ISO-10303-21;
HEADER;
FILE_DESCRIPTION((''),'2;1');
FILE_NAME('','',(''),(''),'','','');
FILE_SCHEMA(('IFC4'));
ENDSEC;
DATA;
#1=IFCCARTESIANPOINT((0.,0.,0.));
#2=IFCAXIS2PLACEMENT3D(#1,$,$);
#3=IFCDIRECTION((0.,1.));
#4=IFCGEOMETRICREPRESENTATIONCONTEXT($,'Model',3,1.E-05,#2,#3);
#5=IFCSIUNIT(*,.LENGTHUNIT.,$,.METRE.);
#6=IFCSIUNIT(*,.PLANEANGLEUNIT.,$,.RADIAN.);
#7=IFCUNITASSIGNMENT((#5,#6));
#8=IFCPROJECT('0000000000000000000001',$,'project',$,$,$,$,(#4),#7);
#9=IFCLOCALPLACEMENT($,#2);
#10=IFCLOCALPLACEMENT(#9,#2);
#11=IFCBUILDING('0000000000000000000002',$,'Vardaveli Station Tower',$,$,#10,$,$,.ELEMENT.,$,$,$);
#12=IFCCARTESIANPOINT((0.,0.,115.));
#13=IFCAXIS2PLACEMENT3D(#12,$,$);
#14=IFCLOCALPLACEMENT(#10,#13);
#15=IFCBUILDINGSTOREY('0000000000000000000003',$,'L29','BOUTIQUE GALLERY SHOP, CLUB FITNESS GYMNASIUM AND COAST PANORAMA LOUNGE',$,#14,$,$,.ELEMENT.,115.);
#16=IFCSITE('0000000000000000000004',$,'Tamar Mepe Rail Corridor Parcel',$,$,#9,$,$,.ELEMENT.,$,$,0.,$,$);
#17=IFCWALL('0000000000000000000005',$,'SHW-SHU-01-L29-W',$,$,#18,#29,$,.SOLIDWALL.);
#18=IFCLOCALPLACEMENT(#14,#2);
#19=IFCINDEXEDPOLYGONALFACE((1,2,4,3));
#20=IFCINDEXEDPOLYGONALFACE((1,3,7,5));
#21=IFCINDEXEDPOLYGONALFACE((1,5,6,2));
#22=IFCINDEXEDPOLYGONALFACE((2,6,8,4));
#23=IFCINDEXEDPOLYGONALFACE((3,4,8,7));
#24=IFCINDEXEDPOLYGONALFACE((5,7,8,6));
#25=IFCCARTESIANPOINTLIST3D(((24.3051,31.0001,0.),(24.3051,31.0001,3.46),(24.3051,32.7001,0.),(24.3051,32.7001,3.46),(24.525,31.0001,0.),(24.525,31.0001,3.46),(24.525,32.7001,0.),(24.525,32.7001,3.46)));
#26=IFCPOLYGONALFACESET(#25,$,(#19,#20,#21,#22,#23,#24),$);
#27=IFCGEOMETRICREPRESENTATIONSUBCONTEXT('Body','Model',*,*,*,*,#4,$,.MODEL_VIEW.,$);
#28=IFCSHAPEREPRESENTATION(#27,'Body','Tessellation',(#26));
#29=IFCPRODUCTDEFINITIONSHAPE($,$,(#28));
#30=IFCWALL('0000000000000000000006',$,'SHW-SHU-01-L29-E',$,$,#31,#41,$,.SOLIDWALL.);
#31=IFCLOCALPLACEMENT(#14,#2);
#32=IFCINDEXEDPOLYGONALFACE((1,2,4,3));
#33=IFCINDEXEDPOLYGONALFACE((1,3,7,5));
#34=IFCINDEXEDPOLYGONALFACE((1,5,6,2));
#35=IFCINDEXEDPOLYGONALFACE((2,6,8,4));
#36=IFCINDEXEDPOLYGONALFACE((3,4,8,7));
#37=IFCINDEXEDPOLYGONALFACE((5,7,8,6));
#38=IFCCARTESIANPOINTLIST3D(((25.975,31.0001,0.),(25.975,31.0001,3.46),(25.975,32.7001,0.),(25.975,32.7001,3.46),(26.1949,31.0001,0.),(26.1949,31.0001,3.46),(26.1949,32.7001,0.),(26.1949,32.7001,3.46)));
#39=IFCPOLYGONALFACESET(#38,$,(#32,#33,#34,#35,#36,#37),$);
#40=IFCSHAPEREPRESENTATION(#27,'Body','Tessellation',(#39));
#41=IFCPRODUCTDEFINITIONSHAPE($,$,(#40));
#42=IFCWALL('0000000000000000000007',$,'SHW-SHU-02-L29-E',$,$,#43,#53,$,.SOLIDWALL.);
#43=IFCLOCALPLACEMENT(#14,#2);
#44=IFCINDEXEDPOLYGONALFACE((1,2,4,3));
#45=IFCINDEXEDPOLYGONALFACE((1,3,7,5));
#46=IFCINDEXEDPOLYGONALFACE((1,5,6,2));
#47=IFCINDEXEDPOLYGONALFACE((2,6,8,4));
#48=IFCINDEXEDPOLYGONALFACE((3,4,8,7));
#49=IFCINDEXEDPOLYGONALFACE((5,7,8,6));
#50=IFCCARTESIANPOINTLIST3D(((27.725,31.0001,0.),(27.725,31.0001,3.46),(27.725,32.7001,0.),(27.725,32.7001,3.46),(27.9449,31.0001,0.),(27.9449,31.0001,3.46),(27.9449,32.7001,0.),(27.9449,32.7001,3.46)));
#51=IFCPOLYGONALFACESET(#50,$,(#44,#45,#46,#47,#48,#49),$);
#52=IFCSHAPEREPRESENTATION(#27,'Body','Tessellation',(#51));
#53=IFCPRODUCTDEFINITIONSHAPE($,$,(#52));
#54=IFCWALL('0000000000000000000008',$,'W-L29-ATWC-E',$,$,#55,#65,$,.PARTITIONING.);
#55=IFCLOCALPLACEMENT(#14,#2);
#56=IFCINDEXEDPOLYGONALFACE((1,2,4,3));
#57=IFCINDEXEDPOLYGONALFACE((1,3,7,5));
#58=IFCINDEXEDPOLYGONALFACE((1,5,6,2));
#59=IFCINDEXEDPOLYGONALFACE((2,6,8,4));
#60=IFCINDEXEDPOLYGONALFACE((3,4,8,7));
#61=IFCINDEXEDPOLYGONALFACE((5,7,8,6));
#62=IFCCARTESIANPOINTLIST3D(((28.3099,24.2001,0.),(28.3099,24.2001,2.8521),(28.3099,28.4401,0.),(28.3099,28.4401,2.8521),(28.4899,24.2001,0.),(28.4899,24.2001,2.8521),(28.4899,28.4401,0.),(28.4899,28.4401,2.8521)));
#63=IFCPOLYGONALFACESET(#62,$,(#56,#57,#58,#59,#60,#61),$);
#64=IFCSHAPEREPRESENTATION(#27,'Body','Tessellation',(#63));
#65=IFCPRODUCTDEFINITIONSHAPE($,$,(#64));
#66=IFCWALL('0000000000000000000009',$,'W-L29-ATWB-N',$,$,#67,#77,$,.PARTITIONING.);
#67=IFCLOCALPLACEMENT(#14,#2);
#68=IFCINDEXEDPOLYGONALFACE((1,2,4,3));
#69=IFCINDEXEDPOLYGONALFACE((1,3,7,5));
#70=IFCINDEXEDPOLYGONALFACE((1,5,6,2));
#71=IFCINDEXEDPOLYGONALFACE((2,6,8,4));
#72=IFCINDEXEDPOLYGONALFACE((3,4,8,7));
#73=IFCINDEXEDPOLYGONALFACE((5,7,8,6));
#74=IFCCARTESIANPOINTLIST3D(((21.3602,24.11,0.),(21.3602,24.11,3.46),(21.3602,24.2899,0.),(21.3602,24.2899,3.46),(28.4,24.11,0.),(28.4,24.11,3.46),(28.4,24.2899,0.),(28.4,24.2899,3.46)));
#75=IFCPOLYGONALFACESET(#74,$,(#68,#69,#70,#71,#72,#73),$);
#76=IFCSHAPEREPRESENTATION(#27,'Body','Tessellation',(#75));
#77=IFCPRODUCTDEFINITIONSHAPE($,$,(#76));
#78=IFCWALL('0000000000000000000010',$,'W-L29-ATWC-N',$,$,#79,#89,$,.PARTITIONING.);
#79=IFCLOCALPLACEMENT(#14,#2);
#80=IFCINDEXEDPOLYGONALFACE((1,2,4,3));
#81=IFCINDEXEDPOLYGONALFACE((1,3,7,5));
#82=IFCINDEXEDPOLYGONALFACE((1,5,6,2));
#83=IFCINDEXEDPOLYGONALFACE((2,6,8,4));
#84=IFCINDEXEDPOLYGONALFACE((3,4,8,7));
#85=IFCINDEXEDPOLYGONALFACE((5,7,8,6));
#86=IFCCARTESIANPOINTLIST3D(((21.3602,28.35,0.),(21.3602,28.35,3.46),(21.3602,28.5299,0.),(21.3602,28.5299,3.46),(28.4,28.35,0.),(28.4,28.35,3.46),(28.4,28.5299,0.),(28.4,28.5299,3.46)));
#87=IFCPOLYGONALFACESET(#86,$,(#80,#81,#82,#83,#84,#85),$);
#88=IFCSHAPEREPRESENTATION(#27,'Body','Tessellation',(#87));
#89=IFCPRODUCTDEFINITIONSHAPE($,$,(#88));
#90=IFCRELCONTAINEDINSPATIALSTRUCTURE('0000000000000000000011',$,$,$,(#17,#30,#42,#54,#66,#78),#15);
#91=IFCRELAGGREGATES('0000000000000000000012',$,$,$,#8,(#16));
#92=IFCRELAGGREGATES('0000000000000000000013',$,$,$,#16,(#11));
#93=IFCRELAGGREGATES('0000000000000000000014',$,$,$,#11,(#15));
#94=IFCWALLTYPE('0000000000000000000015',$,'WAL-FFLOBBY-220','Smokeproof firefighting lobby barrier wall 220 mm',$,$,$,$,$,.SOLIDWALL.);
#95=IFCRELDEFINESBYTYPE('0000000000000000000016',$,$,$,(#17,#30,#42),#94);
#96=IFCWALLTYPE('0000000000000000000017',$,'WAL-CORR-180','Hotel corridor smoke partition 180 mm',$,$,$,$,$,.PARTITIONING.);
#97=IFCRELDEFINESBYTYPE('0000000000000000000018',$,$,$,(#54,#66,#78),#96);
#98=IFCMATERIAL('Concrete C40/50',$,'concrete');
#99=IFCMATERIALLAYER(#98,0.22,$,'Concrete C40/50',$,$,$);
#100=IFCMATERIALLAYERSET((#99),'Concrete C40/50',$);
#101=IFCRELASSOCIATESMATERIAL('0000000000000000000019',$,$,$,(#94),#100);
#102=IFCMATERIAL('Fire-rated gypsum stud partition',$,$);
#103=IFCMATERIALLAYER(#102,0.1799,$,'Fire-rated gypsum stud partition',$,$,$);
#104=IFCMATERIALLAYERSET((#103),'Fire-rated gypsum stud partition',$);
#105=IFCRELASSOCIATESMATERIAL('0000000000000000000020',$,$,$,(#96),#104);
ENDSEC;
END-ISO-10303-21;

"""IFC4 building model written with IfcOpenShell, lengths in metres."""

from ifc_helpers import new_model, si_unit, direction, frame, frame_2d, origin, place, context, subcontext, project, spatial, rectangle, extrude, source, transform, mapped, material, layer, layer_set, type_object, element, save


model = new_model("IFC4")

# Units and contexts
model_context = context("Model", 3, precision=1e-05, world=origin(), true_north=direction((0.0, 1.0)))
body_context = subcontext(model_context, "Body", "Model", "MODEL_VIEW")
ifc_project = project(units=[si_unit("LENGTHUNIT", "METRE"), si_unit("PLANEANGLEUNIT", "RADIAN")], contexts=[model_context])

# Site, building, storey
site_placement = place(None, origin())
site = spatial("IfcSite", under=ifc_project, at=site_placement, Name="Tamar Mepe Rail Corridor Parcel", CompositionType="ELEMENT", RefElevation=0.0)
building_placement = place(site_placement, origin())
building = spatial("IfcBuilding", under=site, at=building_placement, Name="Vardaveli Station Tower", CompositionType="ELEMENT")
storey_placement = place(building_placement, frame((0.0, 0.0, 115.0)))
storey = spatial("IfcBuildingStorey", under=building, at=storey_placement, Name="L29", Description="BOUTIQUE GALLERY SHOP, CLUB FITNESS GYMNASIUM AND COAST PANORAMA LOUNGE", CompositionType="ELEMENT", Elevation=115.0)

# Shared definitions
ifc_material_1 = material(Name="Concrete C40/50", Category="concrete")

# Walls
ifc_layer_1 = layer(ifc_material_1, 0.22, Name="Concrete C40/50")
ifc_layer_set_1 = layer_set([ifc_layer_1], Name="Concrete C40/50")
wall_type_1 = type_object("IfcWallType", Name="WAL-FFLOBBY-220", Description="Smokeproof firefighting lobby barrier wall 220 mm", PredefinedType="SOLIDWALL", material=ifc_layer_set_1)
shared_shape_1 = source(origin(), body_context, "Body", "SweptSolid", [
    extrude(rectangle(XDim=1.7, YDim=0.22, at=frame_2d((0.8501, 0.0))), origin(), (0.0, 0.0, 1.0), 3.46),
])
for number, where, z_axis, x_axis, name in (
    (1, (24.415, 31.0, 0.0), (0.0, 0.0, 1.0), (0.0, 1.0, 0.0), "SHW-SHU-01-L29-W"),
    (2, (26.085, 31.0, 0.0), (0.0, 0.0, 1.0), (0.0, 1.0, 0.0), "SHW-SHU-01-L29-E"),
    (3, (27.835, 31.0, 0.0), (0.0, 0.0, 1.0), (0.0, 1.0, 0.0), "SHW-SHU-02-L29-E"),
):
    element("IfcWall", number, at=place(storey_placement, frame(where, z_axis=z_axis, x_axis=x_axis)), inside=storey, type_object=wall_type_1, Name=name, PredefinedType="SOLIDWALL", context=body_context, shape_type="MappedRepresentation", body=[
        mapped(shared_shape_1, transform((0.0, 0.0, 0.0), scale=1.0)),
    ])
ifc_material_2 = material(Name="Fire-rated gypsum stud partition")
ifc_layer_2 = layer(ifc_material_2, 0.1799, Name="Fire-rated gypsum stud partition")
ifc_layer_set_2 = layer_set([ifc_layer_2], Name="Fire-rated gypsum stud partition")
wall_type_2 = type_object("IfcWallType", Name="WAL-CORR-180", Description="Hotel corridor smoke partition 180 mm", PredefinedType="PARTITIONING", material=ifc_layer_set_2)
shared_shape_2 = source(origin(), body_context, "Body", "SweptSolid", [
    extrude(rectangle(XDim=4.24, YDim=0.1799, at=frame_2d((2.1201, 0.0))), origin(), (0.0, 0.0, 1.0), 2.8521),
])
wall_1_placement = place(storey_placement, frame((28.3999, 24.2, 0.0), z_axis=(0.0, 0.0, 1.0), x_axis=(0.0, 1.0, 0.0)))
element("IfcWall", 4, at=wall_1_placement, inside=storey, type_object=wall_type_2, Name="W-L29-ATWC-E", PredefinedType="PARTITIONING", context=body_context, shape_type="MappedRepresentation", body=[
    mapped(shared_shape_2, transform((0.0, 0.0, 0.0), scale=1.0)),
])
shared_shape_3 = source(origin(), body_context, "Body", "SweptSolid", [
    extrude(rectangle(XDim=7.0398, YDim=0.1799, at=frame_2d((3.52, 0.0))), origin(), (0.0, 0.0, 1.0), 3.46),
])
for number, where, z_axis, x_axis, name in (
    (5, (21.3601, 24.2, 0.0), (0.0, 0.0, 1.0), (1.0, 0.0, 0.0), "W-L29-ATWB-N"),
    (6, (21.3601, 28.4399, 0.0), (0.0, 0.0, 1.0), (1.0, 0.0, 0.0), "W-L29-ATWC-N"),
):
    element("IfcWall", number, at=place(storey_placement, frame(where, z_axis=z_axis, x_axis=x_axis)), inside=storey, type_object=wall_type_2, Name=name, PredefinedType="PARTITIONING", context=body_context, shape_type="MappedRepresentation", body=[
        mapped(shared_shape_3, transform((0.0, 0.0, 0.0), scale=1.0)),
    ])

save(model, "model.ifc")
